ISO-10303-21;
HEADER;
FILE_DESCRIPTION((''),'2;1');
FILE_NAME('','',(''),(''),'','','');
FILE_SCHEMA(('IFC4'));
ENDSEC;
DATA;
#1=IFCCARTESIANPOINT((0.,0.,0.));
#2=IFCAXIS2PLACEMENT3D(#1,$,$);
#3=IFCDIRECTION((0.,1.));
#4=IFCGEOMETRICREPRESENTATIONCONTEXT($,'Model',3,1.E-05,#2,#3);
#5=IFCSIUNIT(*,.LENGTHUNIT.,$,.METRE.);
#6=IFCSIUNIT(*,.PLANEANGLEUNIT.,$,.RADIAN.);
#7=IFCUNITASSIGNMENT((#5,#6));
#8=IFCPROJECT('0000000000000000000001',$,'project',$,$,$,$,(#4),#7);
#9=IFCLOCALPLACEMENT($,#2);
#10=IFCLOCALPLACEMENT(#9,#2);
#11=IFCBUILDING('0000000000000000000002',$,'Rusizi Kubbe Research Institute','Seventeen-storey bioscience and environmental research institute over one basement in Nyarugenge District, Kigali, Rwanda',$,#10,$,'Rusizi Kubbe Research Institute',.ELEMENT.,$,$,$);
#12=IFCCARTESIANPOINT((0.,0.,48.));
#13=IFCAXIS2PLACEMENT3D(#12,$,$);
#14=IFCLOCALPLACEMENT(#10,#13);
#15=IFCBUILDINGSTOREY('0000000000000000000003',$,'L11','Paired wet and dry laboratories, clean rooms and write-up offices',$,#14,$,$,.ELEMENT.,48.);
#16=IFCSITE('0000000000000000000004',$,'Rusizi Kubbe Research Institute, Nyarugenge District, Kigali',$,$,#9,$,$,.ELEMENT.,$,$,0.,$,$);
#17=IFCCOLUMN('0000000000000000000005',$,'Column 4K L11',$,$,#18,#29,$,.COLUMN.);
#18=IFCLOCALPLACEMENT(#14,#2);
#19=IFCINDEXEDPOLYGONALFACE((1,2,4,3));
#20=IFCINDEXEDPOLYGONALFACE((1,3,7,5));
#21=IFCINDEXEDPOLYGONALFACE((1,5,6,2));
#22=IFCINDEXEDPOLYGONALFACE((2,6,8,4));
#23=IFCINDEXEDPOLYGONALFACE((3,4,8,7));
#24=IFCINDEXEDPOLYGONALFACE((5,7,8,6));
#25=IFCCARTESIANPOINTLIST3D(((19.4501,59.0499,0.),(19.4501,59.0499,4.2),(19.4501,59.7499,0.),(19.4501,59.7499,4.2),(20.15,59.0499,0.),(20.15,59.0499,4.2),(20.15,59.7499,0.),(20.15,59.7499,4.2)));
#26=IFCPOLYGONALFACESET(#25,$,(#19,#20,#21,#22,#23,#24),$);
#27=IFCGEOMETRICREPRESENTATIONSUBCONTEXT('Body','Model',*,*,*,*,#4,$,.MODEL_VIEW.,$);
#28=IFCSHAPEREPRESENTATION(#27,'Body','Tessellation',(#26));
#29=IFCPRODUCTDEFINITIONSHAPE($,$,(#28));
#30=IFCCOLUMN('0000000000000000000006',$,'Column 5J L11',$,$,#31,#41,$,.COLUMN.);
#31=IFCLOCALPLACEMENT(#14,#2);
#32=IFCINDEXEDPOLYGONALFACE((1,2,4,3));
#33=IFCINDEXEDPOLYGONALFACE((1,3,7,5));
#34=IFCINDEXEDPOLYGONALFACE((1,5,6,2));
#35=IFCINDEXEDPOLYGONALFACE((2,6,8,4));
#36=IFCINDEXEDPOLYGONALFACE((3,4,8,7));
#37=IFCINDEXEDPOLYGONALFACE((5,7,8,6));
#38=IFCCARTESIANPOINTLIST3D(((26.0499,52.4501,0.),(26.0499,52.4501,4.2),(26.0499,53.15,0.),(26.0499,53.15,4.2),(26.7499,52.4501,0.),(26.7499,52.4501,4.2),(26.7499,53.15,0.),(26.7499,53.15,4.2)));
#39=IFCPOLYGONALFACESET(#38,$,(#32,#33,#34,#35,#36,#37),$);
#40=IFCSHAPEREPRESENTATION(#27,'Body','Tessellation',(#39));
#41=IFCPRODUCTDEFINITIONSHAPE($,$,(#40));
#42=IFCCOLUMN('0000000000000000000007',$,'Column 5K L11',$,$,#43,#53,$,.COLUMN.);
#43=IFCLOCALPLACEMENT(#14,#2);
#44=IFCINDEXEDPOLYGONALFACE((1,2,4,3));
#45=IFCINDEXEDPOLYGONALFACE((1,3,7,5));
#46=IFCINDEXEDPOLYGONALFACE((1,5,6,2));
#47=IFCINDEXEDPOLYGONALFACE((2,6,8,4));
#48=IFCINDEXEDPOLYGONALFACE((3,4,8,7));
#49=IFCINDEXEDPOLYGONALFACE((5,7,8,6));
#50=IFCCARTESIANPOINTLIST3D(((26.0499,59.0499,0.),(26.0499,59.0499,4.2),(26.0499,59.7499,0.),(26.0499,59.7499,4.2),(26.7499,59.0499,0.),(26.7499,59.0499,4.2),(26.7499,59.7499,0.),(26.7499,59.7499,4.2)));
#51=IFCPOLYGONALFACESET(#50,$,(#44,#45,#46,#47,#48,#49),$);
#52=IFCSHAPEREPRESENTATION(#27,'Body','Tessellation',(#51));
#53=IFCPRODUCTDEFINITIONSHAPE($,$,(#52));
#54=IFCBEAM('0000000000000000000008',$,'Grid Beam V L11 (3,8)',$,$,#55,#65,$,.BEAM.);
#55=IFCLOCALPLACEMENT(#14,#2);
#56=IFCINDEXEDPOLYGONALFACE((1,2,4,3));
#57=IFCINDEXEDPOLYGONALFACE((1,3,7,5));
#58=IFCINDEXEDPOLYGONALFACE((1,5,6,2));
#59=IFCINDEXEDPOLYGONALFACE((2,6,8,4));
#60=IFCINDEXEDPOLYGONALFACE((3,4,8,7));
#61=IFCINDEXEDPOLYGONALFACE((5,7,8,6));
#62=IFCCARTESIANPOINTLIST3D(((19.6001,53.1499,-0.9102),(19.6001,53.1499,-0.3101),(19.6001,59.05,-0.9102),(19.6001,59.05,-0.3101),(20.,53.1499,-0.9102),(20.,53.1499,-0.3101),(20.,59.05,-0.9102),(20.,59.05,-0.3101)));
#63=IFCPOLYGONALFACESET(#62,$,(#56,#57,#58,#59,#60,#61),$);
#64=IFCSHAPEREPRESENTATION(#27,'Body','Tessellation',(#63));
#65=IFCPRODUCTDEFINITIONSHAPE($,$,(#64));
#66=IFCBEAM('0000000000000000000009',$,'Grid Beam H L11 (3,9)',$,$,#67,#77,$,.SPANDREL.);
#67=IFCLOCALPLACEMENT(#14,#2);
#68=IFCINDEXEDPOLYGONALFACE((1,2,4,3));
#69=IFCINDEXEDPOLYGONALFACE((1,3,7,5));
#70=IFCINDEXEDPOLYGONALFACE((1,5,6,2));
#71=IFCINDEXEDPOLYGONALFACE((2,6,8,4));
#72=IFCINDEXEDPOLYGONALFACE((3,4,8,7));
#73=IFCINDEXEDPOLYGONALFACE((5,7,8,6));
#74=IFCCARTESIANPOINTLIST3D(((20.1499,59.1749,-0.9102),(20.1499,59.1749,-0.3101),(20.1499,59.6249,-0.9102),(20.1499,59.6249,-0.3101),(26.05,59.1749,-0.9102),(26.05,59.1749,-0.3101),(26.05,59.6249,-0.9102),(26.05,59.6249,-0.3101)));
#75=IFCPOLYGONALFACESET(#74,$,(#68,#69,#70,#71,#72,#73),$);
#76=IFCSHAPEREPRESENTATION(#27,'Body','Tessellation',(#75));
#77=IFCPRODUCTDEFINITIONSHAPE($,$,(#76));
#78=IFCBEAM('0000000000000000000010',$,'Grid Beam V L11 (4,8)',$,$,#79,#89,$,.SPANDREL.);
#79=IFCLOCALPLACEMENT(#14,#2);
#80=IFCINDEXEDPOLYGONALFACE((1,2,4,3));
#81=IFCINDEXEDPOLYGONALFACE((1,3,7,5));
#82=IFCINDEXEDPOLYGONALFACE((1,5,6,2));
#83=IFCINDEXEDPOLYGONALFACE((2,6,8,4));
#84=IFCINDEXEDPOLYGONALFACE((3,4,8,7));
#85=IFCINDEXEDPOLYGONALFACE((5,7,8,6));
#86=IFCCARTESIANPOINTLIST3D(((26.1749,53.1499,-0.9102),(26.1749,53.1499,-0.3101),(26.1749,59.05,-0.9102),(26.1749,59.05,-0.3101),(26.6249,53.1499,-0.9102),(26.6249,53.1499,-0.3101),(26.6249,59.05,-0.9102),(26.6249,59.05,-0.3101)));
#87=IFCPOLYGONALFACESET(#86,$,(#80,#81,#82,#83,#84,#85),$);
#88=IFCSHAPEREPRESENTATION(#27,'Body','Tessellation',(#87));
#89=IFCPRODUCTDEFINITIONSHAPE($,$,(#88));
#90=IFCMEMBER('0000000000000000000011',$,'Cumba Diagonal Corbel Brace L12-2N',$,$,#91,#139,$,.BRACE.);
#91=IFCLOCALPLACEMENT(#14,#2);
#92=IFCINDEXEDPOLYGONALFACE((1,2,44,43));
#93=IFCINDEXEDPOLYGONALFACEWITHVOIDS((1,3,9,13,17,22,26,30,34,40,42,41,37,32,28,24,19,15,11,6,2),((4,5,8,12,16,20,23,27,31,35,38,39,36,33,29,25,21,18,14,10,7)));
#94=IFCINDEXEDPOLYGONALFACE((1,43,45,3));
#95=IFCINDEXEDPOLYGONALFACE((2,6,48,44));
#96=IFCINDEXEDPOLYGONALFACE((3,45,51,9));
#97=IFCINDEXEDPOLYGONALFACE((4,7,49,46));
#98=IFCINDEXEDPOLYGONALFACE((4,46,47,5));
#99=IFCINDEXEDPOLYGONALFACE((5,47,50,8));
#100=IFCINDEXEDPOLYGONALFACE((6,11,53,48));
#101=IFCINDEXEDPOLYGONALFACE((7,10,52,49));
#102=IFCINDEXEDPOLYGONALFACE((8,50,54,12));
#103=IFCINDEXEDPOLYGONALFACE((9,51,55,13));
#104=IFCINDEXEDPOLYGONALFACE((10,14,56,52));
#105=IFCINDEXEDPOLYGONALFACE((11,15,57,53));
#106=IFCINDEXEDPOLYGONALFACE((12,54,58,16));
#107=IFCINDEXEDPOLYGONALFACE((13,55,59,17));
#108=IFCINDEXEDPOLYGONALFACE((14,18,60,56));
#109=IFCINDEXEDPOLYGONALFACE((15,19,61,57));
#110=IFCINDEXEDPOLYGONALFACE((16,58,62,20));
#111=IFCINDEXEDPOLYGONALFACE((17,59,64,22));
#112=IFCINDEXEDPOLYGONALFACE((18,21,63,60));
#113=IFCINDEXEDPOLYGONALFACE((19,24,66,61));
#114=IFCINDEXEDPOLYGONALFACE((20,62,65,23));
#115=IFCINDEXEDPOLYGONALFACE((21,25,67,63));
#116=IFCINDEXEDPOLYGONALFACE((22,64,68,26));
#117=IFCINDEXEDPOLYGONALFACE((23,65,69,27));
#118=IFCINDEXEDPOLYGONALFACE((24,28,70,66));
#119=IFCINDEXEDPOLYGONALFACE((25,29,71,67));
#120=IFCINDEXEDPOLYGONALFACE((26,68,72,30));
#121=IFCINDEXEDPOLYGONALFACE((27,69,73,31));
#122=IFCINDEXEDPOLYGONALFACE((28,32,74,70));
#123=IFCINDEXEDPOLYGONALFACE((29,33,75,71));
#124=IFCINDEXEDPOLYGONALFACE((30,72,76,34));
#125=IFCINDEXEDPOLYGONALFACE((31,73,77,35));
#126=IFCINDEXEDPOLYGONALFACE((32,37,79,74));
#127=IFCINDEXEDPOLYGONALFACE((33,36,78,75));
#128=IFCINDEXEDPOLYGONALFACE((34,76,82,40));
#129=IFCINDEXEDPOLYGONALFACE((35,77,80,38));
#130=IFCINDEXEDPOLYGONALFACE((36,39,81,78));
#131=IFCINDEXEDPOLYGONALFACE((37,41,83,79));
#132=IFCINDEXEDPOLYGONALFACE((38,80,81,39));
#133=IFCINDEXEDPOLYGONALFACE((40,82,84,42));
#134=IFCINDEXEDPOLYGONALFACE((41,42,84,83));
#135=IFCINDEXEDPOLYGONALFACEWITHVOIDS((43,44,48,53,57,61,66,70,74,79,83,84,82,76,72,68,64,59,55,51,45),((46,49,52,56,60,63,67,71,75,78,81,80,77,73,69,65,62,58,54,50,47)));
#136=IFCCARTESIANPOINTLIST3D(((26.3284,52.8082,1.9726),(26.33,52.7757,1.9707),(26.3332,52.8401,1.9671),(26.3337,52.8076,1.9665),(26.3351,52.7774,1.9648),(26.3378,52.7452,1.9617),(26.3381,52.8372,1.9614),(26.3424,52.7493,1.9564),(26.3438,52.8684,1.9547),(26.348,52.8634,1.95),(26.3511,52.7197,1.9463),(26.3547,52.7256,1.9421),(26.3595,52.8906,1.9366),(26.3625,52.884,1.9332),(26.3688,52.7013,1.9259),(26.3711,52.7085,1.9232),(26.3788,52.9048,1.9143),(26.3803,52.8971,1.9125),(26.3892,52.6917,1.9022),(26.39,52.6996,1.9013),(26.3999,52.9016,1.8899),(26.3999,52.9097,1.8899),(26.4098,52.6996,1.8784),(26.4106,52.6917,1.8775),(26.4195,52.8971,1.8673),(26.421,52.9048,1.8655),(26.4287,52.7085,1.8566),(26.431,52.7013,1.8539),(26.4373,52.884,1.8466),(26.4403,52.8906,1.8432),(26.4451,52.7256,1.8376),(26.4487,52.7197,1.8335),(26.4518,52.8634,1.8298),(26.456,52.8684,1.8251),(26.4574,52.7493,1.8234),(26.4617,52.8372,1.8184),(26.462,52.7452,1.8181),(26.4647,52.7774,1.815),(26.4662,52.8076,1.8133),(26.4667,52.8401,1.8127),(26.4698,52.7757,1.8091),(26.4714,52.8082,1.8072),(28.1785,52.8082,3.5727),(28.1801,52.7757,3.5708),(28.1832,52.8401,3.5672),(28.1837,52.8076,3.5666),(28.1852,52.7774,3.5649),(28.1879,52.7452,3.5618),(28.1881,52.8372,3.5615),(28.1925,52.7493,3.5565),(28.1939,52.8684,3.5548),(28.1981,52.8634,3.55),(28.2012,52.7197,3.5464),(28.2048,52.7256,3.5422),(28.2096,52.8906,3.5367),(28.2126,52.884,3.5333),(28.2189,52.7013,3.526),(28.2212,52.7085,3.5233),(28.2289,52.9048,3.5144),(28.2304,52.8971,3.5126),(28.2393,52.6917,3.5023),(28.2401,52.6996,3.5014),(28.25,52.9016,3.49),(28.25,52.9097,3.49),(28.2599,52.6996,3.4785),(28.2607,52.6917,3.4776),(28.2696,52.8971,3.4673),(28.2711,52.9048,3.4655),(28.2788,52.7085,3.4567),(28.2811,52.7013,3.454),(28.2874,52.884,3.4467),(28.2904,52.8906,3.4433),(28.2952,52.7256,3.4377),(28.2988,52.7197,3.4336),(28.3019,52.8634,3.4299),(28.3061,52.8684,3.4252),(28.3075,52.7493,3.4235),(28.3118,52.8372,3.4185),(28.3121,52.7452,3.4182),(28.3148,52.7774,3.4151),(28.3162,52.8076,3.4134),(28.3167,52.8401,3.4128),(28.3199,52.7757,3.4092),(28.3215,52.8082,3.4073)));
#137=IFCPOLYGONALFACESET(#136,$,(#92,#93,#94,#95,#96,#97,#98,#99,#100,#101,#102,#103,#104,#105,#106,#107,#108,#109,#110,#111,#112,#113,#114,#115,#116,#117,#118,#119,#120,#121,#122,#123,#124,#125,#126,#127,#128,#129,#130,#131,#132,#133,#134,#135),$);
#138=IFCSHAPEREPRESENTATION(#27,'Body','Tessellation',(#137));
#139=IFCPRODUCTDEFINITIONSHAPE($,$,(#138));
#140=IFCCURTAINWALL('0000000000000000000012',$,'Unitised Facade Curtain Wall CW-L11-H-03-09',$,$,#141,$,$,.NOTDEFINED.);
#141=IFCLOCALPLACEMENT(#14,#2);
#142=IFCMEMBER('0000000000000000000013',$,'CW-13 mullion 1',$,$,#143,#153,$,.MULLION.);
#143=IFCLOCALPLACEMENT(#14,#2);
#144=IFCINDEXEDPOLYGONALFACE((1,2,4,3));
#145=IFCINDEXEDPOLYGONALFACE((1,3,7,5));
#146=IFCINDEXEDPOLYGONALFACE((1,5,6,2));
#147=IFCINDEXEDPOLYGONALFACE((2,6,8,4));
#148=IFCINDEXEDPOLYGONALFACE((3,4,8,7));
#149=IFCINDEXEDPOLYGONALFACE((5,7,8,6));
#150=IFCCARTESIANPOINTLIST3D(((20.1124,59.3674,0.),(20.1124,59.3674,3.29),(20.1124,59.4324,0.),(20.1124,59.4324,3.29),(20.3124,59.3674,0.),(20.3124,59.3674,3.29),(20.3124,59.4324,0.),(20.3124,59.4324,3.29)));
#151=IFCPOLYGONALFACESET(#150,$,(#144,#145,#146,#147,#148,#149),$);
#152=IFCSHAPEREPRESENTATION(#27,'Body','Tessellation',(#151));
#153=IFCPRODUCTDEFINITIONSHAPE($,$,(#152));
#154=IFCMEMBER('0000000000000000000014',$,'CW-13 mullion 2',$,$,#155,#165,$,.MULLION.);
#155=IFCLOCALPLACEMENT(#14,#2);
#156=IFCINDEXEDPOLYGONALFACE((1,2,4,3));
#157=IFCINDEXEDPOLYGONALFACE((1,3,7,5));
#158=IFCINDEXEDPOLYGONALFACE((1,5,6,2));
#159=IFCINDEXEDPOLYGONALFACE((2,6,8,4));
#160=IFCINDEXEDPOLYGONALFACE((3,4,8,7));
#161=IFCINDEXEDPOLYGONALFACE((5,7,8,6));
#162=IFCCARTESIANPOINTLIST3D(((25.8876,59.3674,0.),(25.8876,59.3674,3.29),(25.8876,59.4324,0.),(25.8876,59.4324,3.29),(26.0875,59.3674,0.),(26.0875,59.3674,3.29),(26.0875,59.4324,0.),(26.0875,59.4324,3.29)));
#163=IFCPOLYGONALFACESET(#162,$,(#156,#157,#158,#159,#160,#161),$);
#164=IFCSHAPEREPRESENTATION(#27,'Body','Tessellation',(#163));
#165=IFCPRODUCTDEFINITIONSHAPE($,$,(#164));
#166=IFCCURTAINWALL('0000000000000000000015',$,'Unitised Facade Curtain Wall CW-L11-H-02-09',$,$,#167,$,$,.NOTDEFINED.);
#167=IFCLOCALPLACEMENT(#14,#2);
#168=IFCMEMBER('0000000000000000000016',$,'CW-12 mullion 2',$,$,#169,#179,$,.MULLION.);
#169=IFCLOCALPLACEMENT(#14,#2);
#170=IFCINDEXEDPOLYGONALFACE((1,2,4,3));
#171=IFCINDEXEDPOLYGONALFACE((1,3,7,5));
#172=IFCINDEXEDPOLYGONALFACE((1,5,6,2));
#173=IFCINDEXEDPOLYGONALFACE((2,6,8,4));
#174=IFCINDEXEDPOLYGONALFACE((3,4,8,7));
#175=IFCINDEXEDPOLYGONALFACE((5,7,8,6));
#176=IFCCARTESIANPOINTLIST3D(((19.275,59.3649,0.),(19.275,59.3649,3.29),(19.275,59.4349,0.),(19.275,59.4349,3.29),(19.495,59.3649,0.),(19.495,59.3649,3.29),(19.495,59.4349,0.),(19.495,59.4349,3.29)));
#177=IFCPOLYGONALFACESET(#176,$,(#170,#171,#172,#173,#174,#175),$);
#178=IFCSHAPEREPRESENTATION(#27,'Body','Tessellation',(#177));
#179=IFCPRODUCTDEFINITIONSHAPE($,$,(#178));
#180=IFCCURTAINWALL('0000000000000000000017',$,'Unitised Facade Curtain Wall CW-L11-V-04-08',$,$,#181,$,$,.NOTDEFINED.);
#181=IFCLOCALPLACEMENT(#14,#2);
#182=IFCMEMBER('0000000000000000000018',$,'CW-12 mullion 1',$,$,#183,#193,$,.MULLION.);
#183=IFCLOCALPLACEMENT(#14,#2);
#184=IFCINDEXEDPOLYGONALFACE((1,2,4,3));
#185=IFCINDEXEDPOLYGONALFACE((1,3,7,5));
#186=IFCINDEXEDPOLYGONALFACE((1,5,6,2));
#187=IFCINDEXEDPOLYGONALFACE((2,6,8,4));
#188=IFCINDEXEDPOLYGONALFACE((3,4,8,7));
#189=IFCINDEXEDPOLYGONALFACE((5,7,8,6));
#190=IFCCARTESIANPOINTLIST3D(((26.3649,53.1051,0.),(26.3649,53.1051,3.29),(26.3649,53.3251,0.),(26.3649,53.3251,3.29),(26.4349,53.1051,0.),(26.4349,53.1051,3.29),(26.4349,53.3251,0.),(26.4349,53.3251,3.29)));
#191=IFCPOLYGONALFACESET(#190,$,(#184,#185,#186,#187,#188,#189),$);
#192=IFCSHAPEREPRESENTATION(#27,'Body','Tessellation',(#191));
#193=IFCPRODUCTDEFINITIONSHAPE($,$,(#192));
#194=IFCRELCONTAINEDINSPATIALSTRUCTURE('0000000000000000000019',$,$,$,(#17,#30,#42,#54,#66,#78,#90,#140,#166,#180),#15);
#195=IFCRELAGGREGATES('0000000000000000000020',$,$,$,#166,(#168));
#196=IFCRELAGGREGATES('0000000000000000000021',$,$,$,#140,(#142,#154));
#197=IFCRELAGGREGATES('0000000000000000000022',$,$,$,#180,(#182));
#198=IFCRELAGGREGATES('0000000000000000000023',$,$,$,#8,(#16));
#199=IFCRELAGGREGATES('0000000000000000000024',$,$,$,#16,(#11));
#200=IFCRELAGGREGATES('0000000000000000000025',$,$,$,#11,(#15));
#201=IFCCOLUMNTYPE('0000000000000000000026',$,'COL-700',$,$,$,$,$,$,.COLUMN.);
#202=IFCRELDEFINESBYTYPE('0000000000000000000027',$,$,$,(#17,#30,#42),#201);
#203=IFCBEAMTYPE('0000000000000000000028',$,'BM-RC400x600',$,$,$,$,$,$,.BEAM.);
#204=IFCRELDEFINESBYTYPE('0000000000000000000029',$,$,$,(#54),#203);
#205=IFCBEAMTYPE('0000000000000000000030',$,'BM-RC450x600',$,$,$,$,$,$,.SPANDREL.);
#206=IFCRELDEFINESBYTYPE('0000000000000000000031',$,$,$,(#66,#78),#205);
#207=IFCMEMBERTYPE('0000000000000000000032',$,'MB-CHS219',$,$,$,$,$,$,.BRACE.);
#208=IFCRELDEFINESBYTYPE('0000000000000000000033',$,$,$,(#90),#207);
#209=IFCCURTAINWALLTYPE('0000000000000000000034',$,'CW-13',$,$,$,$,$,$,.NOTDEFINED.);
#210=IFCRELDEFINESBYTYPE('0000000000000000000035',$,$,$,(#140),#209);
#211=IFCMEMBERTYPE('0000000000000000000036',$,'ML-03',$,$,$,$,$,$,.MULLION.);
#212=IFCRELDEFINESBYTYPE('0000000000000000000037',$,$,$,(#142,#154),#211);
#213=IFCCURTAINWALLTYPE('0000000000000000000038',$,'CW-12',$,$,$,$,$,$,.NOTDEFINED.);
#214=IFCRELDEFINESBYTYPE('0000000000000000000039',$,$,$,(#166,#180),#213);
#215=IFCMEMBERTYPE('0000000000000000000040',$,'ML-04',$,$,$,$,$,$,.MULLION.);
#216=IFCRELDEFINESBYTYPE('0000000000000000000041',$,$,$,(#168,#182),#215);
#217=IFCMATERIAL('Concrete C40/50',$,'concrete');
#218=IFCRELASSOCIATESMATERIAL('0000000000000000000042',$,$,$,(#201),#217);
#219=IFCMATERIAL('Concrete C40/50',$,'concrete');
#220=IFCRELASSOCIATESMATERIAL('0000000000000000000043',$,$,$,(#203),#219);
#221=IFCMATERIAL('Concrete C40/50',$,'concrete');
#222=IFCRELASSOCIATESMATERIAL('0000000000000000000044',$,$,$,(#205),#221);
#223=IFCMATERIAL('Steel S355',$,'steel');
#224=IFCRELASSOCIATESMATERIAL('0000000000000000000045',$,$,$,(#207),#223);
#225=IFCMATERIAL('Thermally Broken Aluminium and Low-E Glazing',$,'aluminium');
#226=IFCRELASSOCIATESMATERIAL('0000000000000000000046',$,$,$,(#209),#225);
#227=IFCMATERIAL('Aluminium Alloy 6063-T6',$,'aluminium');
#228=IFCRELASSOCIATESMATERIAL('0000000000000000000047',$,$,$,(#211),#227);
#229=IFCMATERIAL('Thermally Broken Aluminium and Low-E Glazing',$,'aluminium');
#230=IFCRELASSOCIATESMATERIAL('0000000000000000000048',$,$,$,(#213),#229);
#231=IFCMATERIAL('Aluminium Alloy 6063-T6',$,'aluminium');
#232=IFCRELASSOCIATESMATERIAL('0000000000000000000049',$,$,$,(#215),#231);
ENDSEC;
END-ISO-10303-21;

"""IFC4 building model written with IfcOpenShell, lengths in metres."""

from ifc_helpers import new_model, si_unit, direction, frame, origin, origin_2d, place, context, subcontext, project, spatial, rectangle, hollow_circle, extrude, material, material_profile, profile_set, type_object, element, aggregate, save


model = new_model("IFC4")

# Units and contexts
model_context = context("Model", 3, precision=1e-05, world=origin(), true_north=direction((0.0, 1.0)))
body_context = subcontext(model_context, "Body", "Model", "MODEL_VIEW")
ifc_project = project(units=[si_unit("LENGTHUNIT", "METRE"), si_unit("PLANEANGLEUNIT", "RADIAN")], contexts=[model_context])

# Site, building, storey
site_placement = place(None, origin())
site = spatial("IfcSite", under=ifc_project, at=site_placement, Name="Rusizi Kubbe Research Institute, Nyarugenge District, Kigali", CompositionType="ELEMENT", RefElevation=0.0)
building_placement = place(site_placement, origin())
building = spatial("IfcBuilding", under=site, at=building_placement, Name="Rusizi Kubbe Research Institute", Description="Seventeen-storey bioscience and environmental research institute over one basement in Nyarugenge District, Kigali, Rwanda", LongName="Rusizi Kubbe Research Institute", CompositionType="ELEMENT")
storey_placement = place(building_placement, frame((0.0, 0.0, 48.0)))
storey = spatial("IfcBuildingStorey", under=building, at=storey_placement, Name="L11", Description="Paired wet and dry laboratories, clean rooms and write-up offices", CompositionType="ELEMENT", Elevation=48.0)

# Columns
ifc_material_1 = material(Name="Concrete C40/50", Category="concrete")
ifc_material_profile_1 = material_profile(ifc_material_1, rectangle(XDim=0.7, YDim=0.7, at=origin_2d()), Name="RC700x700")
ifc_profile_set_1 = profile_set([ifc_material_profile_1], Name="Concrete C40/50")
column_type = type_object("IfcColumnType", Name="COL-700", PredefinedType="COLUMN", material=ifc_profile_set_1)
for number, where, z_axis, x_axis, name in (
    (1, (19.8, 59.3999, 0.0), (0.0, 0.0, 1.0), (1.0, 0.0, 0.0), "Column 4K L11"),
    (2, (26.3999, 52.8, 0.0), (0.0, 0.0, 1.0), (1.0, 0.0, 0.0), "Column 5J L11"),
    (3, (26.3999, 59.3999, 0.0), (0.0, 0.0, 1.0), (1.0, 0.0, 0.0), "Column 5K L11"),
):
    element("IfcColumn", number, at=place(storey_placement, frame(where, z_axis=z_axis, x_axis=x_axis)), inside=storey, type_object=column_type, Name=name, PredefinedType="COLUMN", context=body_context, shape_type="SweptSolid", body=[
        extrude(rectangle(XDim=0.7, YDim=0.7, at=origin_2d()), origin(), (0.0, 0.0, 1.0), 4.2),
    ])

# Beams
ifc_material_2 = material(Name="Concrete C40/50", Category="concrete")
ifc_material_profile_2 = material_profile(ifc_material_2, rectangle(XDim=0.3999, YDim=0.6001, at=origin_2d()), Name="RC400x600")
ifc_profile_set_2 = profile_set([ifc_material_profile_2], Name="Concrete C40/50")
beam_type_1 = type_object("IfcBeamType", Name="BM-RC400x600", PredefinedType="BEAM", material=ifc_profile_set_2)
beam_placement = place(storey_placement, frame((19.8, 53.1499, -0.6101), z_axis=(0.0, 1.0, 0.0), x_axis=(-1.0, 0.0, 0.0)))
element("IfcBeam", 4, at=beam_placement, inside=storey, type_object=beam_type_1, Name="Grid Beam V L11 (3,8)", PredefinedType="BEAM", context=body_context, shape_type="SweptSolid", body=[
    extrude(rectangle(XDim=0.3999, YDim=0.6001, at=origin_2d()), origin(), (0.0, 0.0, 1.0), 5.9001),
])
ifc_material_3 = material(Name="Concrete C40/50", Category="concrete")
ifc_material_profile_3 = material_profile(ifc_material_3, rectangle(XDim=0.45, YDim=0.6001, at=origin_2d()), Name="RC450x600")
ifc_profile_set_3 = profile_set([ifc_material_profile_3], Name="Concrete C40/50")
beam_type_2 = type_object("IfcBeamType", Name="BM-RC450x600", PredefinedType="SPANDREL", material=ifc_profile_set_3)
for number, where, z_axis, x_axis, name in (
    (5, (20.1499, 59.3999, -0.6101), (1.0, 0.0, 0.0), (0.0, 1.0, 0.0), "Grid Beam H L11 (3,9)"),
    (6, (26.3999, 53.1499, -0.6101), (0.0, 1.0, 0.0), (-1.0, 0.0, 0.0), "Grid Beam V L11 (4,8)"),
):
    element("IfcBeam", number, at=place(storey_placement, frame(where, z_axis=z_axis, x_axis=x_axis)), inside=storey, type_object=beam_type_2, Name=name, PredefinedType="SPANDREL", context=body_context, shape_type="SweptSolid", body=[
        extrude(rectangle(XDim=0.45, YDim=0.6001, at=origin_2d()), origin(), (0.0, 0.0, 1.0), 5.9001),
    ])

# Member
ifc_material_4 = material(Name="Steel S355", Category="steel")
ifc_material_profile_4 = material_profile(ifc_material_4, hollow_circle(Radius=0.1096, WallThickness=0.0081, at=origin_2d()), Name="CHS 219.1x8.0")
ifc_profile_set_4 = profile_set([ifc_material_profile_4], Name="Steel S355")
member_type_1 = type_object("IfcMemberType", Name="MB-CHS219", PredefinedType="BRACE", material=ifc_profile_set_4)
member_1_placement = place(storey_placement, frame((26.3999, 52.8, 1.8899), z_axis=(0.756361, 0.0, 0.654155), x_axis=(0.0, 1.0, 0.0)))
element("IfcMember", 7, at=member_1_placement, inside=storey, type_object=member_type_1, Name="Cumba Diagonal Corbel Brace L12-2N", PredefinedType="BRACE", context=body_context, shape_type="SweptSolid", body=[
    extrude(hollow_circle(Radius=0.1096, WallThickness=0.0081, at=origin_2d()), origin(), (0.0, 0.0, 1.0), 2.446),
])

# Curtain wall, members
ifc_material_5 = material(Name="Thermally Broken Aluminium and Low-E Glazing", Category="aluminium")
curtain_wall_type_1 = type_object("IfcCurtainWallType", Name="CW-13", PredefinedType="NOTDEFINED", material=ifc_material_5)
curtain_wall_1_placement = place(storey_placement, origin())
curtain_wall_1 = element("IfcCurtainWall", 8, at=curtain_wall_1_placement, inside=storey, type_object=curtain_wall_type_1, Name="Unitised Facade Curtain Wall CW-L11-H-03-09", PredefinedType="NOTDEFINED")
ifc_material_6 = material(Name="Aluminium Alloy 6063-T6", Category="aluminium")
ifc_material_profile_5 = material_profile(ifc_material_6, rectangle(XDim=0.0649, YDim=0.2, at=origin_2d()), Name="ALU-M 65x200")
ifc_profile_set_5 = profile_set([ifc_material_profile_5], Name="Aluminium Alloy 6063-T6")
member_type_2 = type_object("IfcMemberType", Name="ML-03", PredefinedType="MULLION", material=ifc_profile_set_5)
member_2_placement = place(storey_placement, frame((20.2124, 59.3999, 0.0), z_axis=(0.0, 0.0, 1.0), x_axis=(0.0, 1.0, 0.0)))
member_2 = element("IfcMember", 9, at=member_2_placement, type_object=member_type_2, Name="CW-13 mullion 1", PredefinedType="MULLION", context=body_context, shape_type="SweptSolid", body=[
    extrude(rectangle(XDim=0.0649, YDim=0.2, at=origin_2d()), origin(), (0.0, 0.0, 1.0), 3.29),
])
member_3_placement = place(storey_placement, frame((25.9875, 59.3999, 0.0), z_axis=(0.0, 0.0, 1.0), x_axis=(0.0, 1.0, 0.0)))
member_3 = element("IfcMember", 10, at=member_3_placement, type_object=member_type_2, Name="CW-13 mullion 2", PredefinedType="MULLION", context=body_context, shape_type="SweptSolid", body=[
    extrude(rectangle(XDim=0.0649, YDim=0.2, at=origin_2d()), origin(), (0.0, 0.0, 1.0), 3.29),
])

# Curtain wall, member
ifc_material_7 = material(Name="Thermally Broken Aluminium and Low-E Glazing", Category="aluminium")
curtain_wall_type_2 = type_object("IfcCurtainWallType", Name="CW-12", PredefinedType="NOTDEFINED", material=ifc_material_7)
curtain_wall_2_placement = place(storey_placement, origin())
curtain_wall_2 = element("IfcCurtainWall", 11, at=curtain_wall_2_placement, inside=storey, type_object=curtain_wall_type_2, Name="Unitised Facade Curtain Wall CW-L11-H-02-09", PredefinedType="NOTDEFINED")
ifc_material_8 = material(Name="Aluminium Alloy 6063-T6", Category="aluminium")
ifc_material_profile_6 = material_profile(ifc_material_8, rectangle(XDim=0.0701, YDim=0.22, at=origin_2d()), Name="ALU-M 70x220")
ifc_profile_set_6 = profile_set([ifc_material_profile_6], Name="Aluminium Alloy 6063-T6")
member_type_3 = type_object("IfcMemberType", Name="ML-04", PredefinedType="MULLION", material=ifc_profile_set_6)
member_4_placement = place(storey_placement, frame((19.385, 59.3999, 0.0), z_axis=(0.0, 0.0, 1.0), x_axis=(0.0, 1.0, 0.0)))
member_4 = element("IfcMember", 12, at=member_4_placement, type_object=member_type_3, Name="CW-12 mullion 2", PredefinedType="MULLION", context=body_context, shape_type="SweptSolid", body=[
    extrude(rectangle(XDim=0.0701, YDim=0.22, at=origin_2d()), origin(), (0.0, 0.0, 1.0), 3.29),
])

# Curtain wall, member
curtain_wall_3_placement = place(storey_placement, origin())
curtain_wall_3 = element("IfcCurtainWall", 13, at=curtain_wall_3_placement, inside=storey, type_object=curtain_wall_type_2, Name="Unitised Facade Curtain Wall CW-L11-V-04-08", PredefinedType="NOTDEFINED")
member_5_placement = place(storey_placement, frame((26.3999, 53.2151, 0.0), z_axis=(0.0, 0.0, 1.0), x_axis=(-1.0, 0.0, 0.0)))
member_5 = element("IfcMember", 14, at=member_5_placement, type_object=member_type_3, Name="CW-12 mullion 1", PredefinedType="MULLION", context=body_context, shape_type="SweptSolid", body=[
    extrude(rectangle(XDim=0.0701, YDim=0.22, at=origin_2d()), origin(), (0.0, 0.0, 1.0), 3.29),
])

aggregate(curtain_wall_2, [member_4])
aggregate(curtain_wall_1, [member_2, member_3])
aggregate(curtain_wall_3, [member_5])

save(model, "model.ifc")
